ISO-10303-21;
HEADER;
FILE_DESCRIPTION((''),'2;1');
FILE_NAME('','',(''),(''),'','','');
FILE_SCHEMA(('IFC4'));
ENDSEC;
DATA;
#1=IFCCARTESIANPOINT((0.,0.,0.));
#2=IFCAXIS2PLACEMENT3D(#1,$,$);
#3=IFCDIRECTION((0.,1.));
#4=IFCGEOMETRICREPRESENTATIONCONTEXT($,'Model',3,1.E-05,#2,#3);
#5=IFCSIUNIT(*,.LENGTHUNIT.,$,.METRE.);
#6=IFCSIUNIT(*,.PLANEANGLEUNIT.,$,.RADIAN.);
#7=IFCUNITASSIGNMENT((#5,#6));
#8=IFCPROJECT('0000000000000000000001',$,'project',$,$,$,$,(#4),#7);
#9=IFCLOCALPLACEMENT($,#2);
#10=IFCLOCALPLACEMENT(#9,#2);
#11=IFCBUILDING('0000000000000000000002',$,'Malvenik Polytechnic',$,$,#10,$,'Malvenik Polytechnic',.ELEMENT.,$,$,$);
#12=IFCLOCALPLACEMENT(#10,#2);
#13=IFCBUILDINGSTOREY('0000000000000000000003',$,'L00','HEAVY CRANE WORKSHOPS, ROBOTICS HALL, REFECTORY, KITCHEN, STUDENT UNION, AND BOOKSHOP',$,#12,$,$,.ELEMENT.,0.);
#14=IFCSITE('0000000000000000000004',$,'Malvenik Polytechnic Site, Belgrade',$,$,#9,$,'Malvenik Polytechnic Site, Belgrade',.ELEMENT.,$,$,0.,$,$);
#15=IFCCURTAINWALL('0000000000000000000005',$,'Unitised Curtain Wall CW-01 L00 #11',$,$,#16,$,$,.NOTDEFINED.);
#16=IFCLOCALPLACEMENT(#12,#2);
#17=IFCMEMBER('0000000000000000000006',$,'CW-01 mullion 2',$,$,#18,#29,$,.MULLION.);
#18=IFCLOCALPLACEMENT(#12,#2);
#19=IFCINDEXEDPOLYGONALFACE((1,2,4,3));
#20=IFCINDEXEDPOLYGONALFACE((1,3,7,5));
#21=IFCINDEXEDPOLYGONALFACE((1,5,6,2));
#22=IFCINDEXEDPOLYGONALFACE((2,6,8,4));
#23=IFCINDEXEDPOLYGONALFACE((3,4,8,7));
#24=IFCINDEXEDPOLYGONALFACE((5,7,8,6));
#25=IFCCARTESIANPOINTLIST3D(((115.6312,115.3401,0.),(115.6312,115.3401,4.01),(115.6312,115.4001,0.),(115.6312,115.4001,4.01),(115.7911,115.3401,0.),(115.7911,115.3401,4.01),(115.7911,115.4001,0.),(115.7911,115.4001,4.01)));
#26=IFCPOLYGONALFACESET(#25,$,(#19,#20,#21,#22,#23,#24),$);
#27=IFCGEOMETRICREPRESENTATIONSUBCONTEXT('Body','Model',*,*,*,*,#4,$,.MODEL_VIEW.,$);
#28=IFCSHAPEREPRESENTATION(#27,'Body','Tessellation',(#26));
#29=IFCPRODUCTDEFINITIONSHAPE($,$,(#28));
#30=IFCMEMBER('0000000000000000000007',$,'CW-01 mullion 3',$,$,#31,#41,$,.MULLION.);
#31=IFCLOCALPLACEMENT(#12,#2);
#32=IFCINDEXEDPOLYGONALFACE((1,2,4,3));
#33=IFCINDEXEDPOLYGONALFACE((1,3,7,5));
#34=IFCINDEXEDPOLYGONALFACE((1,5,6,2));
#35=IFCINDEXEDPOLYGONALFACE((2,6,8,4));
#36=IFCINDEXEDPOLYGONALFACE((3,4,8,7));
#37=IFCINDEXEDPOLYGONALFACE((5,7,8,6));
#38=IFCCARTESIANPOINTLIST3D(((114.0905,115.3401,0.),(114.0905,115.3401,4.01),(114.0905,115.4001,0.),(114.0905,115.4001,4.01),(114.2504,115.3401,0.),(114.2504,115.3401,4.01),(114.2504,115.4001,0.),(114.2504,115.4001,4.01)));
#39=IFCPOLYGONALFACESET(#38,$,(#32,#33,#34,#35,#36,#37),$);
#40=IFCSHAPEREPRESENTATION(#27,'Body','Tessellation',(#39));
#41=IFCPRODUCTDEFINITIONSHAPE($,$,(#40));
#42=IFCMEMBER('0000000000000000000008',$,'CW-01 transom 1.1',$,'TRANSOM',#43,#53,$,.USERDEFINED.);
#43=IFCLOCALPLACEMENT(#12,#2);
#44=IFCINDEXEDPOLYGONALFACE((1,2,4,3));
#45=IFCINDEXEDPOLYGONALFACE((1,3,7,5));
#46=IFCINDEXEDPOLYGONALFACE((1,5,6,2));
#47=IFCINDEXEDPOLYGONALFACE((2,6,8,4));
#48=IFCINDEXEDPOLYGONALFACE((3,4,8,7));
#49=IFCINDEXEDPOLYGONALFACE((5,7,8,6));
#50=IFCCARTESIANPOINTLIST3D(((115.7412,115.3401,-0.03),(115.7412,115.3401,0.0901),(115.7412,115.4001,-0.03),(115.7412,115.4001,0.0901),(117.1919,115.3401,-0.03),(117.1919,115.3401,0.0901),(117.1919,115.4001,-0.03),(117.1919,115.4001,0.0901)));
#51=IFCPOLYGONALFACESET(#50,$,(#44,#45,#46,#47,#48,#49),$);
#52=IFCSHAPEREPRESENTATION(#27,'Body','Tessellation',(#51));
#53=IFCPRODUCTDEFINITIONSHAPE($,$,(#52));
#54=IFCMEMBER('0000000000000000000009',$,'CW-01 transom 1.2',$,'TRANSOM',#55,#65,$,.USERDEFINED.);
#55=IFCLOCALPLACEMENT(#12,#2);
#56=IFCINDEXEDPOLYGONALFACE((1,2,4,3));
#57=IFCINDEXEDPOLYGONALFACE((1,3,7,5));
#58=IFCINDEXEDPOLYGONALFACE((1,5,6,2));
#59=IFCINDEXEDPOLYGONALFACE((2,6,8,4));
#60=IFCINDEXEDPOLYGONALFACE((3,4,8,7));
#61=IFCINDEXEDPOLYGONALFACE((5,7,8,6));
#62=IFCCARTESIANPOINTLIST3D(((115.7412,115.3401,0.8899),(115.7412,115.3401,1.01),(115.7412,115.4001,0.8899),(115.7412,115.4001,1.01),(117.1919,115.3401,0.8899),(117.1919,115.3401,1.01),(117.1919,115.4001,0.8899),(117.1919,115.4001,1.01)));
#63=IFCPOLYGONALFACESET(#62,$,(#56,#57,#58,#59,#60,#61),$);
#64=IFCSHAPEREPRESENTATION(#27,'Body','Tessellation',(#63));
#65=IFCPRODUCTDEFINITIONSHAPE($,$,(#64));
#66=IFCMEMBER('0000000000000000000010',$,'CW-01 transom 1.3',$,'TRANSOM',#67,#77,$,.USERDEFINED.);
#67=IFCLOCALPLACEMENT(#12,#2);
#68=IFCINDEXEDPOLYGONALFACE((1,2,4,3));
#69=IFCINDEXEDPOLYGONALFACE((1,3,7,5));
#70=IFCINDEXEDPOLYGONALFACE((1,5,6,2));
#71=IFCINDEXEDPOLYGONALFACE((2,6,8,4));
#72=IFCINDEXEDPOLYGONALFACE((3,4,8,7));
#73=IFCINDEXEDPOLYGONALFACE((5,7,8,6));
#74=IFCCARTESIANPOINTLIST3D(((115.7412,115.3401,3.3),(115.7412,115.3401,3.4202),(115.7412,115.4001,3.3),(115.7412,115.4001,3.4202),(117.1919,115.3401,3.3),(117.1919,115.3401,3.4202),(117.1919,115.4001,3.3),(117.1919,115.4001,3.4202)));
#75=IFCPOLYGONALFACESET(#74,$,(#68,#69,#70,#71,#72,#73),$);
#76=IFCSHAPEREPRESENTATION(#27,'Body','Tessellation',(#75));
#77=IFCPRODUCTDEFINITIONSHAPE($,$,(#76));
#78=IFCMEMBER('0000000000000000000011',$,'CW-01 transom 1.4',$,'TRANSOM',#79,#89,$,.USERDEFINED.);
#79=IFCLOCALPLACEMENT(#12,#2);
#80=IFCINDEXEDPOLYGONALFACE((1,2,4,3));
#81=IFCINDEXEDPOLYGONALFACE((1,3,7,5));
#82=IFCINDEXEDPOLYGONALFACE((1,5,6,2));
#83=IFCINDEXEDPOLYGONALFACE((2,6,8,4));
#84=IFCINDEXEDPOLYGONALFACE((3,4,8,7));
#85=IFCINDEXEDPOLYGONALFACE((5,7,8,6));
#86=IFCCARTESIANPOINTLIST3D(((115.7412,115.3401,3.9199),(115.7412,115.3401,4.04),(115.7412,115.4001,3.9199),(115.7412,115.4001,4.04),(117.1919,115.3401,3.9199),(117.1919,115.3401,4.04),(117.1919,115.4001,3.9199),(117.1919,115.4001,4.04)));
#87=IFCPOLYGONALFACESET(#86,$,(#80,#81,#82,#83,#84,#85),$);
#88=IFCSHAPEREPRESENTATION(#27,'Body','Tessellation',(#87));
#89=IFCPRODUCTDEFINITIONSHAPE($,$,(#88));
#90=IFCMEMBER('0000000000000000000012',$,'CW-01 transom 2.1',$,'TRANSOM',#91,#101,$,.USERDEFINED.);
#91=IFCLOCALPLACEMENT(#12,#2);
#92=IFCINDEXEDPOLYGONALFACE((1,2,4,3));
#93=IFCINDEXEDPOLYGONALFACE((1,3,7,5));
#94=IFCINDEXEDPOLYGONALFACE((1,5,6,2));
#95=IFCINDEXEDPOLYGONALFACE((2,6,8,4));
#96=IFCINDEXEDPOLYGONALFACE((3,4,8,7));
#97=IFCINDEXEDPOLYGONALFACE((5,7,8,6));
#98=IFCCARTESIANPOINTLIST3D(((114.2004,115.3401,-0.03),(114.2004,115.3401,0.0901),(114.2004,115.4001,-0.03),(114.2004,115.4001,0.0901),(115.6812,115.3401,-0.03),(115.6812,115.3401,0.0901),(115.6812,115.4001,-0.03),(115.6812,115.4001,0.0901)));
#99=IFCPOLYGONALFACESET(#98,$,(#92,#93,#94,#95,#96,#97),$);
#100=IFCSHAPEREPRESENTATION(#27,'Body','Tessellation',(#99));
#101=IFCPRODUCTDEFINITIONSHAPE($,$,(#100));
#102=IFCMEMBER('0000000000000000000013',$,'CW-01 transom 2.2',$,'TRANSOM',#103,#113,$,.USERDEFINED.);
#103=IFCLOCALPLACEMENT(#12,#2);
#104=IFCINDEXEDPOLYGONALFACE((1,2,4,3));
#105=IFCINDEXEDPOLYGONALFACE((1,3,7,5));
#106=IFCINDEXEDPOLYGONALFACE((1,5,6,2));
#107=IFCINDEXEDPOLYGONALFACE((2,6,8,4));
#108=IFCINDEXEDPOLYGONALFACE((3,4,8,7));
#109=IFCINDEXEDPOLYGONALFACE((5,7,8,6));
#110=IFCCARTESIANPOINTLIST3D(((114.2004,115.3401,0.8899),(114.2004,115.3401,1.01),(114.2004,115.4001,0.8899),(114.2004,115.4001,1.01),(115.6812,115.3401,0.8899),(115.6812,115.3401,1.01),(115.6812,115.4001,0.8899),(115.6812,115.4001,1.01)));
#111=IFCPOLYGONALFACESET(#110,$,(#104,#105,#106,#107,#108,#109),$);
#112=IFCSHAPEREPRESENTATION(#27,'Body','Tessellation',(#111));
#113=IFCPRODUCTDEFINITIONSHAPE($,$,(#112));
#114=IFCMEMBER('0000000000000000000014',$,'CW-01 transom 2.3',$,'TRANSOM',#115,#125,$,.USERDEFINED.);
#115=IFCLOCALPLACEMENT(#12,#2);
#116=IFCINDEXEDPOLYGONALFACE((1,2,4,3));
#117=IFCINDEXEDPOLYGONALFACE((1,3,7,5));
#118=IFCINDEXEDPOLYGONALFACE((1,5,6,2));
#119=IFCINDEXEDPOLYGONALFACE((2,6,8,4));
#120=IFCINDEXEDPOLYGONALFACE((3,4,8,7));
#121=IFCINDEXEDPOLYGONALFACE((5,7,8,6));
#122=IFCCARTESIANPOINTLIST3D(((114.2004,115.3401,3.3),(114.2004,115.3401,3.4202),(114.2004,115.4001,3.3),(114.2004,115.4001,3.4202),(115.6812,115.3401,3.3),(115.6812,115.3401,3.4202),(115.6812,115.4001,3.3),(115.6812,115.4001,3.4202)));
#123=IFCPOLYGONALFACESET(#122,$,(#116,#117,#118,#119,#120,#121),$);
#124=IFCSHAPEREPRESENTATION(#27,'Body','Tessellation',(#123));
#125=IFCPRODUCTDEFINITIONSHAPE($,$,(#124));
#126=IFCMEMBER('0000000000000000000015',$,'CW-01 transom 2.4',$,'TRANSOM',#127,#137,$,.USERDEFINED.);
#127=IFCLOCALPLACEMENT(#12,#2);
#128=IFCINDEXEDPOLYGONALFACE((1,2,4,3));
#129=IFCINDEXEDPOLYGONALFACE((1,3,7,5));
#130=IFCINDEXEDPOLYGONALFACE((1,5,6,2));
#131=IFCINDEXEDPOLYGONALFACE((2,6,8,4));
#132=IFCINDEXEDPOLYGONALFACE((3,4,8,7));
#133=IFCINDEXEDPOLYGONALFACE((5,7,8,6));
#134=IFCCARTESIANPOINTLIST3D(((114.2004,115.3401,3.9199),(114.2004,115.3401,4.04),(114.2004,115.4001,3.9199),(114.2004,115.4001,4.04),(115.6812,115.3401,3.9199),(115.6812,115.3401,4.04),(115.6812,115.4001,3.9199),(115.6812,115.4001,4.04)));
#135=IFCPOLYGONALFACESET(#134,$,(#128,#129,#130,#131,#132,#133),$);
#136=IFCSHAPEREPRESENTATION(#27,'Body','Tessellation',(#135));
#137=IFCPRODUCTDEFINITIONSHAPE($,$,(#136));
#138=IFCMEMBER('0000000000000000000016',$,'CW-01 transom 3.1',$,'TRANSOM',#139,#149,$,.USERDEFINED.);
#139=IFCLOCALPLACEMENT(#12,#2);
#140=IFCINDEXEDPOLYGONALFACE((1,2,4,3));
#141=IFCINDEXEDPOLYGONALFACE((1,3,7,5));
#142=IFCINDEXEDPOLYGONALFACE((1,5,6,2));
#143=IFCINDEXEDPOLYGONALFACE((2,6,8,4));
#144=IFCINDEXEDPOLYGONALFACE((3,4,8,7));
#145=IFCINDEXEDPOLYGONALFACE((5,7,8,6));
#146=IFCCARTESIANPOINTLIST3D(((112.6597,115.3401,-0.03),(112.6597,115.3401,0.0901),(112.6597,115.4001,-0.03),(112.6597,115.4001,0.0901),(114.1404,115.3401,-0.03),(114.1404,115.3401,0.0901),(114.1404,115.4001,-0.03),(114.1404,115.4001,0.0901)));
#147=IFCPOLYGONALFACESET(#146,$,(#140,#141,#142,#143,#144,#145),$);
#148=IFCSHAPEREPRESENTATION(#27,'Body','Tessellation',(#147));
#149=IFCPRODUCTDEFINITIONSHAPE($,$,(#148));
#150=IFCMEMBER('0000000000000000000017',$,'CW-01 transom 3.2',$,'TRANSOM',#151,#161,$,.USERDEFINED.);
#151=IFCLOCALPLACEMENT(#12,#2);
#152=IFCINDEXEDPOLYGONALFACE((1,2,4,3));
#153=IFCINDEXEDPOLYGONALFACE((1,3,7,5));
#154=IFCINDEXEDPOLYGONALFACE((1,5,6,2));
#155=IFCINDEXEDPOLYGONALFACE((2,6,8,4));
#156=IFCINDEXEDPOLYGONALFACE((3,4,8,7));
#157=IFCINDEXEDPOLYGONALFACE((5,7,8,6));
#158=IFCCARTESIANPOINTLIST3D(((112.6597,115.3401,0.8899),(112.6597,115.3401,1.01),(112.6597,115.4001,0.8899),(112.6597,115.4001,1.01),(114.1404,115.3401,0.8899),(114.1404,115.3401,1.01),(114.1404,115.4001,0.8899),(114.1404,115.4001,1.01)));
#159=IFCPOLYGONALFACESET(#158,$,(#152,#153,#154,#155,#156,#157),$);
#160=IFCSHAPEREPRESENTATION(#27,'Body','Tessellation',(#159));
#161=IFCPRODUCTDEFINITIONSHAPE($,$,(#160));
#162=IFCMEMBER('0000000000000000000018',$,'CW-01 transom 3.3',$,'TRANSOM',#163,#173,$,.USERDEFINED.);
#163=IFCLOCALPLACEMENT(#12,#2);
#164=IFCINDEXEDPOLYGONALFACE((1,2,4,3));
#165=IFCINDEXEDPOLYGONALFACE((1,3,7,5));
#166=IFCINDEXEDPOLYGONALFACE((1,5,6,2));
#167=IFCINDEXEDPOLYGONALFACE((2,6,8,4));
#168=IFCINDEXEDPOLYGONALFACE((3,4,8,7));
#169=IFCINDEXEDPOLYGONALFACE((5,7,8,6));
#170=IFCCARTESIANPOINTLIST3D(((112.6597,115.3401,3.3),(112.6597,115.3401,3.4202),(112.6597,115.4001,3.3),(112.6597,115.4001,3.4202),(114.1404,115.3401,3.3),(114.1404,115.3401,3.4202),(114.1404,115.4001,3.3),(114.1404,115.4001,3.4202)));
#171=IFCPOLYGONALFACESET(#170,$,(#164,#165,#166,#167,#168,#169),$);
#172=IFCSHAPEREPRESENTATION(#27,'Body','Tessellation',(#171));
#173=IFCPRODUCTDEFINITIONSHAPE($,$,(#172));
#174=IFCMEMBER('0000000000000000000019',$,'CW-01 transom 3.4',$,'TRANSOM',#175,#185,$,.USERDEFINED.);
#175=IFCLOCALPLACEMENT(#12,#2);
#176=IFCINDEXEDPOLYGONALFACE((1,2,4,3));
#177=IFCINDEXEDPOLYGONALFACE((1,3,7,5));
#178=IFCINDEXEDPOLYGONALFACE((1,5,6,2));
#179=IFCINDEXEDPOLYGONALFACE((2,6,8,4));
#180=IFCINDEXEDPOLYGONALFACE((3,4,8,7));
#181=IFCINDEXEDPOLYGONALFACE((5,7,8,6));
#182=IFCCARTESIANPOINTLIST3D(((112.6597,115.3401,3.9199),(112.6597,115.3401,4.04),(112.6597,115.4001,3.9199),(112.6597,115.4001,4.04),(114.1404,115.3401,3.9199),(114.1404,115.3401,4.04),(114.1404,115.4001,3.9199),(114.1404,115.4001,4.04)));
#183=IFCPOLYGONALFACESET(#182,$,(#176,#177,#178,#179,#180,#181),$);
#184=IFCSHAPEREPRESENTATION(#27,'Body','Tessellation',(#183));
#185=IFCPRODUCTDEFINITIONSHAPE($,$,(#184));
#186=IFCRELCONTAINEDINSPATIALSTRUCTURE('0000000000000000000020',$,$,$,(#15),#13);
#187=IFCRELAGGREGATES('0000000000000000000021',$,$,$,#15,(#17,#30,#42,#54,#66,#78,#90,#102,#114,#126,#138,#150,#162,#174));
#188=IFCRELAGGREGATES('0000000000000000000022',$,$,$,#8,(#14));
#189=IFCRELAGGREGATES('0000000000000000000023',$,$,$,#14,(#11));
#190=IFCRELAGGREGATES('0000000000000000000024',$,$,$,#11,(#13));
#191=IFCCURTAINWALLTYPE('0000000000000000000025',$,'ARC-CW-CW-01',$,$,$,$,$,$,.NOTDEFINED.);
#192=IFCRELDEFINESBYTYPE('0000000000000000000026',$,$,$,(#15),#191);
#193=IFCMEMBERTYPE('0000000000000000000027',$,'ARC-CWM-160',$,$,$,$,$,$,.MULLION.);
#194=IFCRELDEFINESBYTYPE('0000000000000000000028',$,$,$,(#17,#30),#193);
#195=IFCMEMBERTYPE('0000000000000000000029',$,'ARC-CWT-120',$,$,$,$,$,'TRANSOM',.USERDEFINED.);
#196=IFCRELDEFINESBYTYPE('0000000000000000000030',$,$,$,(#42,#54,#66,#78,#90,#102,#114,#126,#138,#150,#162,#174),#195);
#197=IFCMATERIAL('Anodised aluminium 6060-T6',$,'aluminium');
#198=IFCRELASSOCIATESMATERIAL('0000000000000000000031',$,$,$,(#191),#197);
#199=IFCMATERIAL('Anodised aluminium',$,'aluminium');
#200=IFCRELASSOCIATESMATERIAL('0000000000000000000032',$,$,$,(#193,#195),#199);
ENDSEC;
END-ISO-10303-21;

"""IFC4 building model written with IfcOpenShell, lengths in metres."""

from ifc_helpers import new_model, si_unit, direction, frame, origin, origin_2d, place, context, subcontext, project, spatial, rectangle, extrude, material, material_profile, profile_set, type_object, element, aggregate, save


model = new_model("IFC4")

# Units and contexts
model_context = context("Model", 3, precision=1e-05, world=origin(), true_north=direction((0.0, 1.0)))
body_context = subcontext(model_context, "Body", "Model", "MODEL_VIEW")
ifc_project = project(units=[si_unit("LENGTHUNIT", "METRE"), si_unit("PLANEANGLEUNIT", "RADIAN")], contexts=[model_context])

# Site, building, storey
site_placement = place(None, origin())
site = spatial("IfcSite", under=ifc_project, at=site_placement, Name="Malvenik Polytechnic Site, Belgrade", LongName="Malvenik Polytechnic Site, Belgrade", CompositionType="ELEMENT", RefElevation=0.0)
building_placement = place(site_placement, origin())
building = spatial("IfcBuilding", under=site, at=building_placement, Name="Malvenik Polytechnic", LongName="Malvenik Polytechnic", CompositionType="ELEMENT")
storey_placement = place(building_placement, origin())
storey = spatial("IfcBuildingStorey", under=building, at=storey_placement, Name="L00", Description="HEAVY CRANE WORKSHOPS, ROBOTICS HALL, REFECTORY, KITCHEN, STUDENT UNION, AND BOOKSHOP", CompositionType="ELEMENT", Elevation=0.0)

# Curtain wall, members
ifc_material_1 = material(Name="Anodised aluminium 6060-T6", Category="aluminium")
curtain_wall_type = type_object("IfcCurtainWallType", Name="ARC-CW-CW-01", PredefinedType="NOTDEFINED", material=ifc_material_1)
curtain_wall_placement = place(storey_placement, origin())
curtain_wall = element("IfcCurtainWall", 1, at=curtain_wall_placement, inside=storey, type_object=curtain_wall_type, Name="Unitised Curtain Wall CW-01 L00 #11", PredefinedType="NOTDEFINED")
ifc_material_2 = material(Name="Anodised aluminium", Category="aluminium")
ifc_material_profile_1 = material_profile(ifc_material_2, rectangle(XDim=0.0601, YDim=0.1599, at=origin_2d()), Name="ALU MULLION 60x160")
ifc_profile_set_1 = profile_set([ifc_material_profile_1], Name="Anodised aluminium")
member_type_1 = type_object("IfcMemberType", Name="ARC-CWM-160", PredefinedType="MULLION", material=ifc_profile_set_1)
member_1_placement = place(storey_placement, frame((115.7112, 115.3701, 0.0), z_axis=(0.0, 0.0, 1.0), x_axis=(0.0, -1.0, 0.0)))
member_1 = element("IfcMember", 2, at=member_1_placement, type_object=member_type_1, Name="CW-01 mullion 2", PredefinedType="MULLION", context=body_context, shape_type="SweptSolid", body=[
    extrude(rectangle(XDim=0.0601, YDim=0.1599, at=origin_2d()), origin(), (0.0, 0.0, 1.0), 4.01),
])
member_2_placement = place(storey_placement, frame((114.1704, 115.3701, 0.0), z_axis=(0.0, 0.0, 1.0), x_axis=(0.0, -1.0, 0.0)))
member_2 = element("IfcMember", 3, at=member_2_placement, type_object=member_type_1, Name="CW-01 mullion 3", PredefinedType="MULLION", context=body_context, shape_type="SweptSolid", body=[
    extrude(rectangle(XDim=0.0601, YDim=0.1599, at=origin_2d()), origin(), (0.0, 0.0, 1.0), 4.01),
])
ifc_material_profile_2 = material_profile(ifc_material_2, rectangle(XDim=0.0601, YDim=0.1201, at=origin_2d()), Name="ALU TRANSOM 60x120")
ifc_profile_set_2 = profile_set([ifc_material_profile_2], Name="Anodised aluminium")
member_type_2 = type_object("IfcMemberType", Name="ARC-CWT-120", ElementType="TRANSOM", PredefinedType="USERDEFINED", material=ifc_profile_set_2)
member_3_placement = place(storey_placement, frame((117.1919, 115.3701, 0.03), z_axis=(-1.0, 0.0, 0.0), x_axis=(0.0, -1.0, 0.0)))
member_3 = element("IfcMember", 4, at=member_3_placement, type_object=member_type_2, Name="CW-01 transom 1.1", ObjectType="TRANSOM", PredefinedType="USERDEFINED", context=body_context, shape_type="SweptSolid", body=[
    extrude(rectangle(XDim=0.0601, YDim=0.1201, at=origin_2d()), origin(), (0.0, 0.0, 1.0), 1.4507),
])
member_4_placement = place(storey_placement, frame((117.1919, 115.3701, 0.95), z_axis=(-1.0, 0.0, 0.0), x_axis=(0.0, -1.0, 0.0)))
member_4 = element("IfcMember", 5, at=member_4_placement, type_object=member_type_2, Name="CW-01 transom 1.2", ObjectType="TRANSOM", PredefinedType="USERDEFINED", context=body_context, shape_type="SweptSolid", body=[
    extrude(rectangle(XDim=0.0601, YDim=0.1201, at=origin_2d()), origin(), (0.0, 0.0, 1.0), 1.4507),
])
member_5_placement = place(storey_placement, frame((117.1919, 115.3701, 3.3601), z_axis=(-1.0, 0.0, 0.0), x_axis=(0.0, -1.0, 0.0)))
member_5 = element("IfcMember", 6, at=member_5_placement, type_object=member_type_2, Name="CW-01 transom 1.3", ObjectType="TRANSOM", PredefinedType="USERDEFINED", context=body_context, shape_type="SweptSolid", body=[
    extrude(rectangle(XDim=0.0601, YDim=0.1201, at=origin_2d()), origin(), (0.0, 0.0, 1.0), 1.4507),
])
member_6_placement = place(storey_placement, frame((117.1919, 115.3701, 3.98), z_axis=(-1.0, 0.0, 0.0), x_axis=(0.0, -1.0, 0.0)))
member_6 = element("IfcMember", 7, at=member_6_placement, type_object=member_type_2, Name="CW-01 transom 1.4", ObjectType="TRANSOM", PredefinedType="USERDEFINED", context=body_context, shape_type="SweptSolid", body=[
    extrude(rectangle(XDim=0.0601, YDim=0.1201, at=origin_2d()), origin(), (0.0, 0.0, 1.0), 1.4507),
])
member_7_placement = place(storey_placement, frame((115.6812, 115.3701, 0.03), z_axis=(-1.0, 0.0, 0.0), x_axis=(0.0, -1.0, 0.0)))
member_7 = element("IfcMember", 8, at=member_7_placement, type_object=member_type_2, Name="CW-01 transom 2.1", ObjectType="TRANSOM", PredefinedType="USERDEFINED", context=body_context, shape_type="SweptSolid", body=[
    extrude(rectangle(XDim=0.0601, YDim=0.1201, at=origin_2d()), origin(), (0.0, 0.0, 1.0), 1.4807),
])
member_8_placement = place(storey_placement, frame((115.6812, 115.3701, 0.95), z_axis=(-1.0, 0.0, 0.0), x_axis=(0.0, -1.0, 0.0)))
member_8 = element("IfcMember", 9, at=member_8_placement, type_object=member_type_2, Name="CW-01 transom 2.2", ObjectType="TRANSOM", PredefinedType="USERDEFINED", context=body_context, shape_type="SweptSolid", body=[
    extrude(rectangle(XDim=0.0601, YDim=0.1201, at=origin_2d()), origin(), (0.0, 0.0, 1.0), 1.4807),
])
member_9_placement = place(storey_placement, frame((115.6812, 115.3701, 3.3601), z_axis=(-1.0, 0.0, 0.0), x_axis=(0.0, -1.0, 0.0)))
member_9 = element("IfcMember", 10, at=member_9_placement, type_object=member_type_2, Name="CW-01 transom 2.3", ObjectType="TRANSOM", PredefinedType="USERDEFINED", context=body_context, shape_type="SweptSolid", body=[
    extrude(rectangle(XDim=0.0601, YDim=0.1201, at=origin_2d()), origin(), (0.0, 0.0, 1.0), 1.4807),
])
member_10_placement = place(storey_placement, frame((115.6812, 115.3701, 3.98), z_axis=(-1.0, 0.0, 0.0), x_axis=(0.0, -1.0, 0.0)))
member_10 = element("IfcMember", 11, at=member_10_placement, type_object=member_type_2, Name="CW-01 transom 2.4", ObjectType="TRANSOM", PredefinedType="USERDEFINED", context=body_context, shape_type="SweptSolid", body=[
    extrude(rectangle(XDim=0.0601, YDim=0.1201, at=origin_2d()), origin(), (0.0, 0.0, 1.0), 1.4807),
])
member_11_placement = place(storey_placement, frame((114.1404, 115.3701, 0.03), z_axis=(-1.0, 0.0, 0.0), x_axis=(0.0, -1.0, 0.0)))
member_11 = element("IfcMember", 12, at=member_11_placement, type_object=member_type_2, Name="CW-01 transom 3.1", ObjectType="TRANSOM", PredefinedType="USERDEFINED", context=body_context, shape_type="SweptSolid", body=[
    extrude(rectangle(XDim=0.0601, YDim=0.1201, at=origin_2d()), origin(), (0.0, 0.0, 1.0), 1.4807),
])
member_12_placement = place(storey_placement, frame((114.1404, 115.3701, 0.95), z_axis=(-1.0, 0.0, 0.0), x_axis=(0.0, -1.0, 0.0)))
member_12 = element("IfcMember", 13, at=member_12_placement, type_object=member_type_2, Name="CW-01 transom 3.2", ObjectType="TRANSOM", PredefinedType="USERDEFINED", context=body_context, shape_type="SweptSolid", body=[
    extrude(rectangle(XDim=0.0601, YDim=0.1201, at=origin_2d()), origin(), (0.0, 0.0, 1.0), 1.4807),
])
member_13_placement = place(storey_placement, frame((114.1404, 115.3701, 3.3601), z_axis=(-1.0, 0.0, 0.0), x_axis=(0.0, -1.0, 0.0)))
member_13 = element("IfcMember", 14, at=member_13_placement, type_object=member_type_2, Name="CW-01 transom 3.3", ObjectType="TRANSOM", PredefinedType="USERDEFINED", context=body_context, shape_type="SweptSolid", body=[
    extrude(rectangle(XDim=0.0601, YDim=0.1201, at=origin_2d()), origin(), (0.0, 0.0, 1.0), 1.4807),
])
member_14_placement = place(storey_placement, frame((114.1404, 115.3701, 3.98), z_axis=(-1.0, 0.0, 0.0), x_axis=(0.0, -1.0, 0.0)))
member_14 = element("IfcMember", 15, at=member_14_placement, type_object=member_type_2, Name="CW-01 transom 3.4", ObjectType="TRANSOM", PredefinedType="USERDEFINED", context=body_context, shape_type="SweptSolid", body=[
    extrude(rectangle(XDim=0.0601, YDim=0.1201, at=origin_2d()), origin(), (0.0, 0.0, 1.0), 1.4807),
])
aggregate(curtain_wall, [member_1, member_2, member_3, member_4, member_5, member_6, member_7, member_8, member_9, member_10, member_11, member_12, member_13, member_14])

save(model, "model.ifc")
